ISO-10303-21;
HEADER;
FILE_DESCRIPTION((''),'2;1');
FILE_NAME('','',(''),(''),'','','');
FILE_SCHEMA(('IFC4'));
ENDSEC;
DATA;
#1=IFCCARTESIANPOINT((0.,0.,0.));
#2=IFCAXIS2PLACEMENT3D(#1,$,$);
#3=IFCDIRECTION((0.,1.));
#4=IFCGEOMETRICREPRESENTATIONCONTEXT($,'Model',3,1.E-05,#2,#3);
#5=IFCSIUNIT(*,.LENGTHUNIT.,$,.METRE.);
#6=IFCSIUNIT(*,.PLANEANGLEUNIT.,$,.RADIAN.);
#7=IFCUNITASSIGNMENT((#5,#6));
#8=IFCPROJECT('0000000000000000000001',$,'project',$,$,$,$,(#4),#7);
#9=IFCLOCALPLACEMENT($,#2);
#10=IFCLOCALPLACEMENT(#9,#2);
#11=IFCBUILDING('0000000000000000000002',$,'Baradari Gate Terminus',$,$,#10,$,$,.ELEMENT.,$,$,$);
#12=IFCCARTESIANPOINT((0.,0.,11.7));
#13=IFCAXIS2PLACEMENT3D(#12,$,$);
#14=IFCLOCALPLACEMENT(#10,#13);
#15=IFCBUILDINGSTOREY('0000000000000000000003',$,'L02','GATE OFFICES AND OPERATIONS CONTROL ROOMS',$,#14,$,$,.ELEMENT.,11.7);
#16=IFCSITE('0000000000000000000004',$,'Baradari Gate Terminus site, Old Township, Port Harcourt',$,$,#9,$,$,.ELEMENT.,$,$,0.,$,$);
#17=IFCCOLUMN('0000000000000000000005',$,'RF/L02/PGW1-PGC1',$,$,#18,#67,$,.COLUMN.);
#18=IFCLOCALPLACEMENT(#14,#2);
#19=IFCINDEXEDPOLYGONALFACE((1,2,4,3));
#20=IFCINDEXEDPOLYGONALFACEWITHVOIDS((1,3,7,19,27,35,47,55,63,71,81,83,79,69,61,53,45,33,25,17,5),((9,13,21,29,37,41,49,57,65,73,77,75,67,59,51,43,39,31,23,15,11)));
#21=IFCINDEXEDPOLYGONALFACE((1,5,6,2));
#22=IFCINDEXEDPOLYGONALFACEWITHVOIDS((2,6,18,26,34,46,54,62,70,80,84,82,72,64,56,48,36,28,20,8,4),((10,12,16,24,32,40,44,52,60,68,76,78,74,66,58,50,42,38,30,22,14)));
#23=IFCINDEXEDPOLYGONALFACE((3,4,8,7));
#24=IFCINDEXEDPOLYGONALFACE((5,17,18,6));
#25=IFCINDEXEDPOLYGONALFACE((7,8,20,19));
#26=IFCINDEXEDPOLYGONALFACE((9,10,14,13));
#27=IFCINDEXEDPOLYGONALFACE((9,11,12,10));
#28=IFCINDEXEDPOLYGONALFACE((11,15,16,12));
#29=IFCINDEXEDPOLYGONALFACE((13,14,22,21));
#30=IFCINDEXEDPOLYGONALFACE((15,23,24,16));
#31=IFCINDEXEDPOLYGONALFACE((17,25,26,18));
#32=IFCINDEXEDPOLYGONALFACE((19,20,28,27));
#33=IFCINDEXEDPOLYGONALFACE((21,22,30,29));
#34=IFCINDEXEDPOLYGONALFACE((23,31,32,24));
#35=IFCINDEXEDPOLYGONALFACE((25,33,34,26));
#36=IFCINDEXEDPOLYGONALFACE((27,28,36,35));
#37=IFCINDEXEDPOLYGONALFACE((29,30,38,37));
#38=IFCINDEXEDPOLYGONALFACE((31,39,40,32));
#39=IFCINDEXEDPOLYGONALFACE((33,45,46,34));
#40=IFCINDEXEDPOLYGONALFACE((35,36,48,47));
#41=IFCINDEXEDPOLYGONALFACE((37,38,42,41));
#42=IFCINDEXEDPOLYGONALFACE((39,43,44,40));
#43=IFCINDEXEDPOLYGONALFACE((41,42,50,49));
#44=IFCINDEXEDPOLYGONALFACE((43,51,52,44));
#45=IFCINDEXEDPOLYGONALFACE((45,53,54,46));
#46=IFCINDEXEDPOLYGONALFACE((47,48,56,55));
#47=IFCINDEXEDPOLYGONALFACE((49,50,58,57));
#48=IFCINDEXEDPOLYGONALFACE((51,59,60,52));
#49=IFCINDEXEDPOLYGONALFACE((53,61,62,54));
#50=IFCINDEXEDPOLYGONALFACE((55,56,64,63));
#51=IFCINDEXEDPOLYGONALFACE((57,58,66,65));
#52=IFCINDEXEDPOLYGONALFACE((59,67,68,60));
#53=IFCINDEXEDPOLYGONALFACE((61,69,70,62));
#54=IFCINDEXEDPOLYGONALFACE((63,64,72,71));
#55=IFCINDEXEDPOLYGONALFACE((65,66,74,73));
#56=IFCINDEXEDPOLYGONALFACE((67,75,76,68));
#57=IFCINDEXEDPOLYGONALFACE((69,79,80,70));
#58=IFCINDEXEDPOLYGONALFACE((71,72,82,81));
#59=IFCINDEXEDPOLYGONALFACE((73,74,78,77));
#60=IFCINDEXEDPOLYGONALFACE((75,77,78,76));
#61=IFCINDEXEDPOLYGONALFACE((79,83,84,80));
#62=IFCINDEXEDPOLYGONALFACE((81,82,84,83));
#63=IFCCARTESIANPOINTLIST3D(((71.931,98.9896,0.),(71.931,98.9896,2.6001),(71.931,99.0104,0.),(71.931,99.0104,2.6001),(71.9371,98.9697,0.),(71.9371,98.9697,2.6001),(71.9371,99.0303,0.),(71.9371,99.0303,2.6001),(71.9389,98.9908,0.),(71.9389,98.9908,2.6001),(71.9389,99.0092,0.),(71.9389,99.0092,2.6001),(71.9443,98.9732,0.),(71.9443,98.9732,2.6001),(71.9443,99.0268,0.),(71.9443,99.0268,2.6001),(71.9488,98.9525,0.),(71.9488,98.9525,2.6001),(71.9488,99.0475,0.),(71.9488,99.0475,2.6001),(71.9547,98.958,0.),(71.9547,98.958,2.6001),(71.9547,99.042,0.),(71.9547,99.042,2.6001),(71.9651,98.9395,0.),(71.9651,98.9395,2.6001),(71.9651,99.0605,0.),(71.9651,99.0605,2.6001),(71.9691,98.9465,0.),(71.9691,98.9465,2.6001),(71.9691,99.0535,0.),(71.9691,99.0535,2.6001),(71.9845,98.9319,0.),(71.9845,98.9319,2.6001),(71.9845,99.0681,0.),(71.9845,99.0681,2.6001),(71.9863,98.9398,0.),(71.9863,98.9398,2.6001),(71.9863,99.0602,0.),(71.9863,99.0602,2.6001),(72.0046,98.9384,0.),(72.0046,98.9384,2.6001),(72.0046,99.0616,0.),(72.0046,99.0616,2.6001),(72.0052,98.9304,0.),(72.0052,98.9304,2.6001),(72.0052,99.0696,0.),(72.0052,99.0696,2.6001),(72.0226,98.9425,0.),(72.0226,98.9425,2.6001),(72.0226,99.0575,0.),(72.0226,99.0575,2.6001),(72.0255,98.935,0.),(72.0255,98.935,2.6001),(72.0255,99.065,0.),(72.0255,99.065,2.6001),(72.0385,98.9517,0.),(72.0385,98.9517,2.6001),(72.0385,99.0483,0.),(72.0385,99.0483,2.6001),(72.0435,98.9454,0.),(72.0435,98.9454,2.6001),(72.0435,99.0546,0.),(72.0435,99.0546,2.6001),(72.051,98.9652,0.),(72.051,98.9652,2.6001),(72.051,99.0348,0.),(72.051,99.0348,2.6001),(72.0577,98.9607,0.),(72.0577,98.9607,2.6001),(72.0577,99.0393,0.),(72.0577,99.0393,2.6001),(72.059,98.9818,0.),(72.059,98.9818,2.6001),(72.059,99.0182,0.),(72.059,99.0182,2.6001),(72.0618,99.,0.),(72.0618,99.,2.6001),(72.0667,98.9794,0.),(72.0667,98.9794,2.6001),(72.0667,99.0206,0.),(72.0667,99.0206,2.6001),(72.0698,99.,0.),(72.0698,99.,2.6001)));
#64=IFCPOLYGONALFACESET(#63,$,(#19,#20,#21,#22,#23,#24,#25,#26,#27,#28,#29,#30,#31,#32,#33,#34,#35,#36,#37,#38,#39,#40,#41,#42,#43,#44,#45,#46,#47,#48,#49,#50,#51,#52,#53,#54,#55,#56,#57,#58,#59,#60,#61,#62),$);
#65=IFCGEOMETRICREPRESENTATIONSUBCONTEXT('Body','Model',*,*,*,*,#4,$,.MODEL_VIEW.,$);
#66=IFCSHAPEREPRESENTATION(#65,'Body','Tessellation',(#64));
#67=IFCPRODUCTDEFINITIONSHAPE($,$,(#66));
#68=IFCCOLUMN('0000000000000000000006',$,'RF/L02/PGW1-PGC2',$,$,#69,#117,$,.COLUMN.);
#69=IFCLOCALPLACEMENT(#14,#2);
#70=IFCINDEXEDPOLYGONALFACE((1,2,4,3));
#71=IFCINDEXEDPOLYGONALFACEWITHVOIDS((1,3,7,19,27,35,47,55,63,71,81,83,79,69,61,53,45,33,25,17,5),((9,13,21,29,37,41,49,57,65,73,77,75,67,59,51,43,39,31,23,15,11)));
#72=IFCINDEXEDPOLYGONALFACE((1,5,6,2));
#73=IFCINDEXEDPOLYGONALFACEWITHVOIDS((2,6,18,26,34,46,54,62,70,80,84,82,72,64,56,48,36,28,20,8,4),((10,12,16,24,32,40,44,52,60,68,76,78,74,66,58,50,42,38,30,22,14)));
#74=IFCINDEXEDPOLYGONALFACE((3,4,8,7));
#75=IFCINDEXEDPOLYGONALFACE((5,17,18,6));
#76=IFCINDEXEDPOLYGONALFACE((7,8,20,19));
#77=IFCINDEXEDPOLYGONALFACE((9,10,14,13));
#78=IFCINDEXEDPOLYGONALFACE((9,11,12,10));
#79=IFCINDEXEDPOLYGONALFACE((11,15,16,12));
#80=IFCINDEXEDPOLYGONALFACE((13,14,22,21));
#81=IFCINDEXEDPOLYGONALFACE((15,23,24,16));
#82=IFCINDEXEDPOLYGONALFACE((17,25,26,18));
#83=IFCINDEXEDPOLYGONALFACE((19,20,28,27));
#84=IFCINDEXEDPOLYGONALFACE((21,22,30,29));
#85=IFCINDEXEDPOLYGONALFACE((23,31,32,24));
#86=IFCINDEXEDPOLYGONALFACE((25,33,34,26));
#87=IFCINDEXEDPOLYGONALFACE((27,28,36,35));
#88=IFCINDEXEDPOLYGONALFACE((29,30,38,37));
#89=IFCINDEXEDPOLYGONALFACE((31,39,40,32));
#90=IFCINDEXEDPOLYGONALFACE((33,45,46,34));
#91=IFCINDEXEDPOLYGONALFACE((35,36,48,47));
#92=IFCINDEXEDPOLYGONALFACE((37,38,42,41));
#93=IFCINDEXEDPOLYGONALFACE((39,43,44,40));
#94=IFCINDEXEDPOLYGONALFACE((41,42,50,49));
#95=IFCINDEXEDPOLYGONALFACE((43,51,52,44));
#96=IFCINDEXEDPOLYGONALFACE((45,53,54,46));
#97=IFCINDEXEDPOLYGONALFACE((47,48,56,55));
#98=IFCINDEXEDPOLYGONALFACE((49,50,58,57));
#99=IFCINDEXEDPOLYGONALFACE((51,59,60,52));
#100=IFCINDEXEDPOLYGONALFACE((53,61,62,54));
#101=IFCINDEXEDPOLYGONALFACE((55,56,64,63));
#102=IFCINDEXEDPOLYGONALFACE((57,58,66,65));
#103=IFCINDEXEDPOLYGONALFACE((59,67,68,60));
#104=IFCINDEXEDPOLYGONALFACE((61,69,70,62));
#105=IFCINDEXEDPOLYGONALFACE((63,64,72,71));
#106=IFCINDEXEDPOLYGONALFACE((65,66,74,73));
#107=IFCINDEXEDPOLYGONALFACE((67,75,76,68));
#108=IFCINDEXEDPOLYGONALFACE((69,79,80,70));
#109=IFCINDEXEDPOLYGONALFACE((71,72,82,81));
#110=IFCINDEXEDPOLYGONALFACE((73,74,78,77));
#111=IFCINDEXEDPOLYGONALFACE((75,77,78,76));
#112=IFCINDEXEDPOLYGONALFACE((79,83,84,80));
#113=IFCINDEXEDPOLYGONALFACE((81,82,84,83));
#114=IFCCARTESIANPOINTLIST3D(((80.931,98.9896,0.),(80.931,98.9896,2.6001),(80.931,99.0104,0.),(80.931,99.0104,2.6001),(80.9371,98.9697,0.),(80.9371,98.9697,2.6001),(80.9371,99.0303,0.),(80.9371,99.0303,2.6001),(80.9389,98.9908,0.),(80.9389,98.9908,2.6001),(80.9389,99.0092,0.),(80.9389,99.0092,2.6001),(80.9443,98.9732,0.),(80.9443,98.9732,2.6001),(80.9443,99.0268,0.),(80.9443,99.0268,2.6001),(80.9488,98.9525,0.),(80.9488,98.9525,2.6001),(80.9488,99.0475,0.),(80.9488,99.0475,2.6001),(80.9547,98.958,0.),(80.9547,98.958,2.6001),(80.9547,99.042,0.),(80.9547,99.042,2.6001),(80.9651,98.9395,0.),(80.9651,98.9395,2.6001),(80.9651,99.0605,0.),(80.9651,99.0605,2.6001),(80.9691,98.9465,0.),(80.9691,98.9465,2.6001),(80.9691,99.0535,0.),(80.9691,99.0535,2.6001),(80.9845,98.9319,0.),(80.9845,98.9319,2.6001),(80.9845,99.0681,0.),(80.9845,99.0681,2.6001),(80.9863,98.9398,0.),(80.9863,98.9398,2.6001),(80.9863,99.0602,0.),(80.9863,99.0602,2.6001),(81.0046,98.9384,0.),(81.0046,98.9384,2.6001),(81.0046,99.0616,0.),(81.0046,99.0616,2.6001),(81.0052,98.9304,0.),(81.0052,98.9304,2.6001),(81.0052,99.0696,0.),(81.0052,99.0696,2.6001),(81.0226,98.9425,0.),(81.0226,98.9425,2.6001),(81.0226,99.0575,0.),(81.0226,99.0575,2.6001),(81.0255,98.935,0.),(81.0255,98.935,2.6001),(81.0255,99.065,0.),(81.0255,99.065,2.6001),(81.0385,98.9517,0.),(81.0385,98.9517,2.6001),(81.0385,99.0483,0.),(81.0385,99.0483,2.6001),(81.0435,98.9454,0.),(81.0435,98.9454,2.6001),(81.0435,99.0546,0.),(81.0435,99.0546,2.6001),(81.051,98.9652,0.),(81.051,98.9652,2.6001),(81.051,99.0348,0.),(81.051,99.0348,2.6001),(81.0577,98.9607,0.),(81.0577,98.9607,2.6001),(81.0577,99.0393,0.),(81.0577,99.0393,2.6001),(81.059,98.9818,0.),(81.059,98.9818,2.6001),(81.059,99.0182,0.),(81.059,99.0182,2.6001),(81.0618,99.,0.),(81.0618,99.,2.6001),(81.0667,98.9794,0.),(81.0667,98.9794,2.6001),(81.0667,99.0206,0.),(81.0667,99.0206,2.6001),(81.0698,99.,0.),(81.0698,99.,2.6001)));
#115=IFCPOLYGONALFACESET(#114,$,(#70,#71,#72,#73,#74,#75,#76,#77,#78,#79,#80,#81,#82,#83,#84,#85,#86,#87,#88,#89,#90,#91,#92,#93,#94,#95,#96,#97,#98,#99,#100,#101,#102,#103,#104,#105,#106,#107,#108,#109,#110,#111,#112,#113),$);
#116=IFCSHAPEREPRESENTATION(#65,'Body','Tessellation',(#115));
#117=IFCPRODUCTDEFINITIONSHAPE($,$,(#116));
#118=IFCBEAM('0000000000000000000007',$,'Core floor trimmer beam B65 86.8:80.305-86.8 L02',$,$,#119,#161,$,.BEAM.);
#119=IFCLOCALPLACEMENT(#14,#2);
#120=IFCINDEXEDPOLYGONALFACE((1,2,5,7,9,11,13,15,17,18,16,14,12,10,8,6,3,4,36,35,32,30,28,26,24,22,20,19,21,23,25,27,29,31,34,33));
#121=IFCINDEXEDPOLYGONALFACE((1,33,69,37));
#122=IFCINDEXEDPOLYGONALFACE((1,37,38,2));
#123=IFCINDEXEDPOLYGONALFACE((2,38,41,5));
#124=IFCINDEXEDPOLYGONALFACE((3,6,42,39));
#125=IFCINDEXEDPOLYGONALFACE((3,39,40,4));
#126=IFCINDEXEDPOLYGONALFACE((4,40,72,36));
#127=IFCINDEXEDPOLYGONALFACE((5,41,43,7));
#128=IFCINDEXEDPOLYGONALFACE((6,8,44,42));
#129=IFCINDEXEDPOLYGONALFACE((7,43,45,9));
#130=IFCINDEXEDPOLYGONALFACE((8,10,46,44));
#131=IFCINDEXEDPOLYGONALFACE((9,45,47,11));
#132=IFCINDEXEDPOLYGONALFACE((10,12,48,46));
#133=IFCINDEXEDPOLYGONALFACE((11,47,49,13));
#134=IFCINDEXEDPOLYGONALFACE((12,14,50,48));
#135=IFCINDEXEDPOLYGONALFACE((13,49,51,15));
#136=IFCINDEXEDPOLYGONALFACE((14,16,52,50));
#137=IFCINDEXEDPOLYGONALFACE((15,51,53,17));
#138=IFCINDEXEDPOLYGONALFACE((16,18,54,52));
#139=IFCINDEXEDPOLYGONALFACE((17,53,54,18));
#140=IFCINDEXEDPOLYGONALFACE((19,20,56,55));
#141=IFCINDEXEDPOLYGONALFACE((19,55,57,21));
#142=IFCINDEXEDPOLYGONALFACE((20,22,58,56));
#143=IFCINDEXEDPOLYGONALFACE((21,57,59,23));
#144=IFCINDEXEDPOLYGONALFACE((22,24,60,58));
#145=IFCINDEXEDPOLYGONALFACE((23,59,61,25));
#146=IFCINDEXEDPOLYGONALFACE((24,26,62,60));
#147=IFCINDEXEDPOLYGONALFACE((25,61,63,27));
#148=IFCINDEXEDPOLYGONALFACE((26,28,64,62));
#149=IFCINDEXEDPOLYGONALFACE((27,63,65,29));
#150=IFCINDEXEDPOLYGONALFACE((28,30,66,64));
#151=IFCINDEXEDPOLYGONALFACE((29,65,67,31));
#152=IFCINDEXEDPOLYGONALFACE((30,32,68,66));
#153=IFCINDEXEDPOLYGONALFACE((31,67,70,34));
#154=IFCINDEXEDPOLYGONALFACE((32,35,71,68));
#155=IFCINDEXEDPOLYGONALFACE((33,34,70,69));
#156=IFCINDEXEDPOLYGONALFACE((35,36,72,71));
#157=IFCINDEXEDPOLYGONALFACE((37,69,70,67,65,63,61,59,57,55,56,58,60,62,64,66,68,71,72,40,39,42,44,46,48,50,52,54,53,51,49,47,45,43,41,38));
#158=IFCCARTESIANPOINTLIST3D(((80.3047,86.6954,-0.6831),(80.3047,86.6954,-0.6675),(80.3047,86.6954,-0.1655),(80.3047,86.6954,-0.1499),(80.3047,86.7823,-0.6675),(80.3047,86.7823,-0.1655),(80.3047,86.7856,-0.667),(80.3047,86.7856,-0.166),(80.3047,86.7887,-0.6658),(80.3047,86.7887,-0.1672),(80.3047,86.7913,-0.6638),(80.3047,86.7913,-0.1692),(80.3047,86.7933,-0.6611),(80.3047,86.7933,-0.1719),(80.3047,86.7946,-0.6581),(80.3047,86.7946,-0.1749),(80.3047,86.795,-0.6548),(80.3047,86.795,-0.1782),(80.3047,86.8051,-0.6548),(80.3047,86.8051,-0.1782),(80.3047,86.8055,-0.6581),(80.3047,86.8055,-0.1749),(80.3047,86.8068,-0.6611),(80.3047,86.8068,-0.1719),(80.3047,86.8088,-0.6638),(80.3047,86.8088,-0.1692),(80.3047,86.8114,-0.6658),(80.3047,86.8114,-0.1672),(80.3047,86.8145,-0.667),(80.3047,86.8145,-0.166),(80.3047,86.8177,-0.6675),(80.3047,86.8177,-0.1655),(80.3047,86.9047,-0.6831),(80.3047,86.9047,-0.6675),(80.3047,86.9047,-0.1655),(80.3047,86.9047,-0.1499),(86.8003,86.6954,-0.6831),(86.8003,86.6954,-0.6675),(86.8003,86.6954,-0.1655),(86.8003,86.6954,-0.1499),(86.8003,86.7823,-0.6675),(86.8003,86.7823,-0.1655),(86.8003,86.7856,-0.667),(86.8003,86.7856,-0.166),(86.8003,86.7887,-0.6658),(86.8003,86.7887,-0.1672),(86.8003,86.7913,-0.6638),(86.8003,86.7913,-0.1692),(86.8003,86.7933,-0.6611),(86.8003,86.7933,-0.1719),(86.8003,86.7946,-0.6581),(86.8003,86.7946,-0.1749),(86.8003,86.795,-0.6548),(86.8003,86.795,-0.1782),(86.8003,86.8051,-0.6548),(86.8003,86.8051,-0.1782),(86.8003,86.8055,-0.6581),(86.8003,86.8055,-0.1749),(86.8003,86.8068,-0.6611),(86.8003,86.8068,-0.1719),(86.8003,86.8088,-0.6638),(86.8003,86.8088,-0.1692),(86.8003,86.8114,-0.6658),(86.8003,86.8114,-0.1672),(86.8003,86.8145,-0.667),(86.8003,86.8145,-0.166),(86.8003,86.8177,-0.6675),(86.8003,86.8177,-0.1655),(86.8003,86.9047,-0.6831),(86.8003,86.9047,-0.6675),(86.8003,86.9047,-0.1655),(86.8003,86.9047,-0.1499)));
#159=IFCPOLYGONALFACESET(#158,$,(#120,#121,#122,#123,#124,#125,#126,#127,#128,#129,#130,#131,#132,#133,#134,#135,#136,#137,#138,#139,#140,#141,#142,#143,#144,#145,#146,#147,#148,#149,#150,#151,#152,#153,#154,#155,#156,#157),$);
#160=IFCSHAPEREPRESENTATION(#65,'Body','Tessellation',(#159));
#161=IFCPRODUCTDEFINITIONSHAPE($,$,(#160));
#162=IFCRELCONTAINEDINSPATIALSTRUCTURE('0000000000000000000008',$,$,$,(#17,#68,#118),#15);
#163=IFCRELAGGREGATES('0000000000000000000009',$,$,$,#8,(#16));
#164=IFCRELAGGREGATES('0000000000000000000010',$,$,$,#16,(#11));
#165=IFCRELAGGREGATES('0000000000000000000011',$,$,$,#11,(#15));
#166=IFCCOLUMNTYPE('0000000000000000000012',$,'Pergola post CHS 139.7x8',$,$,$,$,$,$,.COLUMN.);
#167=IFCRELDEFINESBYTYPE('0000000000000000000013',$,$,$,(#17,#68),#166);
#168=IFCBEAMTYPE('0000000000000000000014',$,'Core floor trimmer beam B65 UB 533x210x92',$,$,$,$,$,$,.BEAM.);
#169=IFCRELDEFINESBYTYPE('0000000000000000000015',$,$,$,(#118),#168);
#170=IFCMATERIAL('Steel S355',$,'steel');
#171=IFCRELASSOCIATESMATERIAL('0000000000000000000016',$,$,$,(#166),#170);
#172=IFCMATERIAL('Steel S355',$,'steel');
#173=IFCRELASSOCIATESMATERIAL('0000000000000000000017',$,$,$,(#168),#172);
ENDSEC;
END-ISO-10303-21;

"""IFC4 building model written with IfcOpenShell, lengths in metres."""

from ifc_helpers import new_model, si_unit, direction, frame, origin, origin_2d, place, context, subcontext, project, spatial, hollow_circle, i_section, extrude, material, material_profile, profile_set, type_object, element, save


model = new_model("IFC4")

# Units and contexts
model_context = context("Model", 3, precision=1e-05, world=origin(), true_north=direction((0.0, 1.0)))
body_context = subcontext(model_context, "Body", "Model", "MODEL_VIEW")
ifc_project = project(units=[si_unit("LENGTHUNIT", "METRE"), si_unit("PLANEANGLEUNIT", "RADIAN")], contexts=[model_context])

# Site, building, storey
site_placement = place(None, origin())
site = spatial("IfcSite", under=ifc_project, at=site_placement, Name="Baradari Gate Terminus site, Old Township, Port Harcourt", CompositionType="ELEMENT", RefElevation=0.0)
building_placement = place(site_placement, origin())
building = spatial("IfcBuilding", under=site, at=building_placement, Name="Baradari Gate Terminus", CompositionType="ELEMENT")
storey_placement = place(building_placement, frame((0.0, 0.0, 11.7)))
storey = spatial("IfcBuildingStorey", under=building, at=storey_placement, Name="L02", Description="GATE OFFICES AND OPERATIONS CONTROL ROOMS", CompositionType="ELEMENT", Elevation=11.7)

# Columns
ifc_material_1 = material(Name="Steel S355", Category="steel")
ifc_material_profile_1 = material_profile(ifc_material_1, hollow_circle(Radius=0.0698, WallThickness=0.0081, at=origin_2d()), Name="CHS 139.7x8")
ifc_profile_set_1 = profile_set([ifc_material_profile_1], Name="Steel S355")
column_type = type_object("IfcColumnType", Name="Pergola post CHS 139.7x8", PredefinedType="COLUMN", material=ifc_profile_set_1)
for number, where, z_axis, x_axis, name in (
    (1, (72.0, 99.0, 0.0), (0.0, 0.0, 1.0), (1.0, 0.0, 0.0), "RF/L02/PGW1-PGC1"),
    (2, (81.0, 99.0, 0.0), (0.0, 0.0, 1.0), (1.0, 0.0, 0.0), "RF/L02/PGW1-PGC2"),
):
    element("IfcColumn", number, at=place(storey_placement, frame(where, z_axis=z_axis, x_axis=x_axis)), inside=storey, type_object=column_type, Name=name, PredefinedType="COLUMN", context=body_context, shape_type="SweptSolid", body=[
        extrude(hollow_circle(Radius=0.0698, WallThickness=0.0081, at=origin_2d()), origin(), (0.0, 0.0, 1.0), 2.6001),
    ])

# Beam
ifc_material_2 = material(Name="Steel S355", Category="steel")
ifc_material_profile_2 = material_profile(ifc_material_2, i_section(OverallWidth=0.2092, OverallDepth=0.5332, WebThickness=0.01, FlangeThickness=0.0156, FilletRadius=0.0127, at=origin_2d()), Name="UB 533x210x92")
ifc_profile_set_2 = profile_set([ifc_material_profile_2], Name="Steel S355")
beam_type_1 = type_object("IfcBeamType", Name="Core floor trimmer beam B65 UB 533x210x92", PredefinedType="BEAM", material=ifc_profile_set_2)
beam_1_placement = place(storey_placement, frame((80.3047, 86.8, -0.4165), z_axis=(1.0, 0.0, 0.0), x_axis=(0.0, 1.0, 0.0)))
element("IfcBeam", 3, at=beam_1_placement, inside=storey, type_object=beam_type_1, Name="Core floor trimmer beam B65 86.8:80.305-86.8 L02", PredefinedType="BEAM", context=body_context, shape_type="SweptSolid", body=[
    extrude(i_section(OverallWidth=0.2092, OverallDepth=0.5332, WebThickness=0.01, FlangeThickness=0.0156, FilletRadius=0.0127, at=origin_2d()), origin(), (0.0, 0.0, 1.0), 6.4956),
])

save(model, "model.ifc")
